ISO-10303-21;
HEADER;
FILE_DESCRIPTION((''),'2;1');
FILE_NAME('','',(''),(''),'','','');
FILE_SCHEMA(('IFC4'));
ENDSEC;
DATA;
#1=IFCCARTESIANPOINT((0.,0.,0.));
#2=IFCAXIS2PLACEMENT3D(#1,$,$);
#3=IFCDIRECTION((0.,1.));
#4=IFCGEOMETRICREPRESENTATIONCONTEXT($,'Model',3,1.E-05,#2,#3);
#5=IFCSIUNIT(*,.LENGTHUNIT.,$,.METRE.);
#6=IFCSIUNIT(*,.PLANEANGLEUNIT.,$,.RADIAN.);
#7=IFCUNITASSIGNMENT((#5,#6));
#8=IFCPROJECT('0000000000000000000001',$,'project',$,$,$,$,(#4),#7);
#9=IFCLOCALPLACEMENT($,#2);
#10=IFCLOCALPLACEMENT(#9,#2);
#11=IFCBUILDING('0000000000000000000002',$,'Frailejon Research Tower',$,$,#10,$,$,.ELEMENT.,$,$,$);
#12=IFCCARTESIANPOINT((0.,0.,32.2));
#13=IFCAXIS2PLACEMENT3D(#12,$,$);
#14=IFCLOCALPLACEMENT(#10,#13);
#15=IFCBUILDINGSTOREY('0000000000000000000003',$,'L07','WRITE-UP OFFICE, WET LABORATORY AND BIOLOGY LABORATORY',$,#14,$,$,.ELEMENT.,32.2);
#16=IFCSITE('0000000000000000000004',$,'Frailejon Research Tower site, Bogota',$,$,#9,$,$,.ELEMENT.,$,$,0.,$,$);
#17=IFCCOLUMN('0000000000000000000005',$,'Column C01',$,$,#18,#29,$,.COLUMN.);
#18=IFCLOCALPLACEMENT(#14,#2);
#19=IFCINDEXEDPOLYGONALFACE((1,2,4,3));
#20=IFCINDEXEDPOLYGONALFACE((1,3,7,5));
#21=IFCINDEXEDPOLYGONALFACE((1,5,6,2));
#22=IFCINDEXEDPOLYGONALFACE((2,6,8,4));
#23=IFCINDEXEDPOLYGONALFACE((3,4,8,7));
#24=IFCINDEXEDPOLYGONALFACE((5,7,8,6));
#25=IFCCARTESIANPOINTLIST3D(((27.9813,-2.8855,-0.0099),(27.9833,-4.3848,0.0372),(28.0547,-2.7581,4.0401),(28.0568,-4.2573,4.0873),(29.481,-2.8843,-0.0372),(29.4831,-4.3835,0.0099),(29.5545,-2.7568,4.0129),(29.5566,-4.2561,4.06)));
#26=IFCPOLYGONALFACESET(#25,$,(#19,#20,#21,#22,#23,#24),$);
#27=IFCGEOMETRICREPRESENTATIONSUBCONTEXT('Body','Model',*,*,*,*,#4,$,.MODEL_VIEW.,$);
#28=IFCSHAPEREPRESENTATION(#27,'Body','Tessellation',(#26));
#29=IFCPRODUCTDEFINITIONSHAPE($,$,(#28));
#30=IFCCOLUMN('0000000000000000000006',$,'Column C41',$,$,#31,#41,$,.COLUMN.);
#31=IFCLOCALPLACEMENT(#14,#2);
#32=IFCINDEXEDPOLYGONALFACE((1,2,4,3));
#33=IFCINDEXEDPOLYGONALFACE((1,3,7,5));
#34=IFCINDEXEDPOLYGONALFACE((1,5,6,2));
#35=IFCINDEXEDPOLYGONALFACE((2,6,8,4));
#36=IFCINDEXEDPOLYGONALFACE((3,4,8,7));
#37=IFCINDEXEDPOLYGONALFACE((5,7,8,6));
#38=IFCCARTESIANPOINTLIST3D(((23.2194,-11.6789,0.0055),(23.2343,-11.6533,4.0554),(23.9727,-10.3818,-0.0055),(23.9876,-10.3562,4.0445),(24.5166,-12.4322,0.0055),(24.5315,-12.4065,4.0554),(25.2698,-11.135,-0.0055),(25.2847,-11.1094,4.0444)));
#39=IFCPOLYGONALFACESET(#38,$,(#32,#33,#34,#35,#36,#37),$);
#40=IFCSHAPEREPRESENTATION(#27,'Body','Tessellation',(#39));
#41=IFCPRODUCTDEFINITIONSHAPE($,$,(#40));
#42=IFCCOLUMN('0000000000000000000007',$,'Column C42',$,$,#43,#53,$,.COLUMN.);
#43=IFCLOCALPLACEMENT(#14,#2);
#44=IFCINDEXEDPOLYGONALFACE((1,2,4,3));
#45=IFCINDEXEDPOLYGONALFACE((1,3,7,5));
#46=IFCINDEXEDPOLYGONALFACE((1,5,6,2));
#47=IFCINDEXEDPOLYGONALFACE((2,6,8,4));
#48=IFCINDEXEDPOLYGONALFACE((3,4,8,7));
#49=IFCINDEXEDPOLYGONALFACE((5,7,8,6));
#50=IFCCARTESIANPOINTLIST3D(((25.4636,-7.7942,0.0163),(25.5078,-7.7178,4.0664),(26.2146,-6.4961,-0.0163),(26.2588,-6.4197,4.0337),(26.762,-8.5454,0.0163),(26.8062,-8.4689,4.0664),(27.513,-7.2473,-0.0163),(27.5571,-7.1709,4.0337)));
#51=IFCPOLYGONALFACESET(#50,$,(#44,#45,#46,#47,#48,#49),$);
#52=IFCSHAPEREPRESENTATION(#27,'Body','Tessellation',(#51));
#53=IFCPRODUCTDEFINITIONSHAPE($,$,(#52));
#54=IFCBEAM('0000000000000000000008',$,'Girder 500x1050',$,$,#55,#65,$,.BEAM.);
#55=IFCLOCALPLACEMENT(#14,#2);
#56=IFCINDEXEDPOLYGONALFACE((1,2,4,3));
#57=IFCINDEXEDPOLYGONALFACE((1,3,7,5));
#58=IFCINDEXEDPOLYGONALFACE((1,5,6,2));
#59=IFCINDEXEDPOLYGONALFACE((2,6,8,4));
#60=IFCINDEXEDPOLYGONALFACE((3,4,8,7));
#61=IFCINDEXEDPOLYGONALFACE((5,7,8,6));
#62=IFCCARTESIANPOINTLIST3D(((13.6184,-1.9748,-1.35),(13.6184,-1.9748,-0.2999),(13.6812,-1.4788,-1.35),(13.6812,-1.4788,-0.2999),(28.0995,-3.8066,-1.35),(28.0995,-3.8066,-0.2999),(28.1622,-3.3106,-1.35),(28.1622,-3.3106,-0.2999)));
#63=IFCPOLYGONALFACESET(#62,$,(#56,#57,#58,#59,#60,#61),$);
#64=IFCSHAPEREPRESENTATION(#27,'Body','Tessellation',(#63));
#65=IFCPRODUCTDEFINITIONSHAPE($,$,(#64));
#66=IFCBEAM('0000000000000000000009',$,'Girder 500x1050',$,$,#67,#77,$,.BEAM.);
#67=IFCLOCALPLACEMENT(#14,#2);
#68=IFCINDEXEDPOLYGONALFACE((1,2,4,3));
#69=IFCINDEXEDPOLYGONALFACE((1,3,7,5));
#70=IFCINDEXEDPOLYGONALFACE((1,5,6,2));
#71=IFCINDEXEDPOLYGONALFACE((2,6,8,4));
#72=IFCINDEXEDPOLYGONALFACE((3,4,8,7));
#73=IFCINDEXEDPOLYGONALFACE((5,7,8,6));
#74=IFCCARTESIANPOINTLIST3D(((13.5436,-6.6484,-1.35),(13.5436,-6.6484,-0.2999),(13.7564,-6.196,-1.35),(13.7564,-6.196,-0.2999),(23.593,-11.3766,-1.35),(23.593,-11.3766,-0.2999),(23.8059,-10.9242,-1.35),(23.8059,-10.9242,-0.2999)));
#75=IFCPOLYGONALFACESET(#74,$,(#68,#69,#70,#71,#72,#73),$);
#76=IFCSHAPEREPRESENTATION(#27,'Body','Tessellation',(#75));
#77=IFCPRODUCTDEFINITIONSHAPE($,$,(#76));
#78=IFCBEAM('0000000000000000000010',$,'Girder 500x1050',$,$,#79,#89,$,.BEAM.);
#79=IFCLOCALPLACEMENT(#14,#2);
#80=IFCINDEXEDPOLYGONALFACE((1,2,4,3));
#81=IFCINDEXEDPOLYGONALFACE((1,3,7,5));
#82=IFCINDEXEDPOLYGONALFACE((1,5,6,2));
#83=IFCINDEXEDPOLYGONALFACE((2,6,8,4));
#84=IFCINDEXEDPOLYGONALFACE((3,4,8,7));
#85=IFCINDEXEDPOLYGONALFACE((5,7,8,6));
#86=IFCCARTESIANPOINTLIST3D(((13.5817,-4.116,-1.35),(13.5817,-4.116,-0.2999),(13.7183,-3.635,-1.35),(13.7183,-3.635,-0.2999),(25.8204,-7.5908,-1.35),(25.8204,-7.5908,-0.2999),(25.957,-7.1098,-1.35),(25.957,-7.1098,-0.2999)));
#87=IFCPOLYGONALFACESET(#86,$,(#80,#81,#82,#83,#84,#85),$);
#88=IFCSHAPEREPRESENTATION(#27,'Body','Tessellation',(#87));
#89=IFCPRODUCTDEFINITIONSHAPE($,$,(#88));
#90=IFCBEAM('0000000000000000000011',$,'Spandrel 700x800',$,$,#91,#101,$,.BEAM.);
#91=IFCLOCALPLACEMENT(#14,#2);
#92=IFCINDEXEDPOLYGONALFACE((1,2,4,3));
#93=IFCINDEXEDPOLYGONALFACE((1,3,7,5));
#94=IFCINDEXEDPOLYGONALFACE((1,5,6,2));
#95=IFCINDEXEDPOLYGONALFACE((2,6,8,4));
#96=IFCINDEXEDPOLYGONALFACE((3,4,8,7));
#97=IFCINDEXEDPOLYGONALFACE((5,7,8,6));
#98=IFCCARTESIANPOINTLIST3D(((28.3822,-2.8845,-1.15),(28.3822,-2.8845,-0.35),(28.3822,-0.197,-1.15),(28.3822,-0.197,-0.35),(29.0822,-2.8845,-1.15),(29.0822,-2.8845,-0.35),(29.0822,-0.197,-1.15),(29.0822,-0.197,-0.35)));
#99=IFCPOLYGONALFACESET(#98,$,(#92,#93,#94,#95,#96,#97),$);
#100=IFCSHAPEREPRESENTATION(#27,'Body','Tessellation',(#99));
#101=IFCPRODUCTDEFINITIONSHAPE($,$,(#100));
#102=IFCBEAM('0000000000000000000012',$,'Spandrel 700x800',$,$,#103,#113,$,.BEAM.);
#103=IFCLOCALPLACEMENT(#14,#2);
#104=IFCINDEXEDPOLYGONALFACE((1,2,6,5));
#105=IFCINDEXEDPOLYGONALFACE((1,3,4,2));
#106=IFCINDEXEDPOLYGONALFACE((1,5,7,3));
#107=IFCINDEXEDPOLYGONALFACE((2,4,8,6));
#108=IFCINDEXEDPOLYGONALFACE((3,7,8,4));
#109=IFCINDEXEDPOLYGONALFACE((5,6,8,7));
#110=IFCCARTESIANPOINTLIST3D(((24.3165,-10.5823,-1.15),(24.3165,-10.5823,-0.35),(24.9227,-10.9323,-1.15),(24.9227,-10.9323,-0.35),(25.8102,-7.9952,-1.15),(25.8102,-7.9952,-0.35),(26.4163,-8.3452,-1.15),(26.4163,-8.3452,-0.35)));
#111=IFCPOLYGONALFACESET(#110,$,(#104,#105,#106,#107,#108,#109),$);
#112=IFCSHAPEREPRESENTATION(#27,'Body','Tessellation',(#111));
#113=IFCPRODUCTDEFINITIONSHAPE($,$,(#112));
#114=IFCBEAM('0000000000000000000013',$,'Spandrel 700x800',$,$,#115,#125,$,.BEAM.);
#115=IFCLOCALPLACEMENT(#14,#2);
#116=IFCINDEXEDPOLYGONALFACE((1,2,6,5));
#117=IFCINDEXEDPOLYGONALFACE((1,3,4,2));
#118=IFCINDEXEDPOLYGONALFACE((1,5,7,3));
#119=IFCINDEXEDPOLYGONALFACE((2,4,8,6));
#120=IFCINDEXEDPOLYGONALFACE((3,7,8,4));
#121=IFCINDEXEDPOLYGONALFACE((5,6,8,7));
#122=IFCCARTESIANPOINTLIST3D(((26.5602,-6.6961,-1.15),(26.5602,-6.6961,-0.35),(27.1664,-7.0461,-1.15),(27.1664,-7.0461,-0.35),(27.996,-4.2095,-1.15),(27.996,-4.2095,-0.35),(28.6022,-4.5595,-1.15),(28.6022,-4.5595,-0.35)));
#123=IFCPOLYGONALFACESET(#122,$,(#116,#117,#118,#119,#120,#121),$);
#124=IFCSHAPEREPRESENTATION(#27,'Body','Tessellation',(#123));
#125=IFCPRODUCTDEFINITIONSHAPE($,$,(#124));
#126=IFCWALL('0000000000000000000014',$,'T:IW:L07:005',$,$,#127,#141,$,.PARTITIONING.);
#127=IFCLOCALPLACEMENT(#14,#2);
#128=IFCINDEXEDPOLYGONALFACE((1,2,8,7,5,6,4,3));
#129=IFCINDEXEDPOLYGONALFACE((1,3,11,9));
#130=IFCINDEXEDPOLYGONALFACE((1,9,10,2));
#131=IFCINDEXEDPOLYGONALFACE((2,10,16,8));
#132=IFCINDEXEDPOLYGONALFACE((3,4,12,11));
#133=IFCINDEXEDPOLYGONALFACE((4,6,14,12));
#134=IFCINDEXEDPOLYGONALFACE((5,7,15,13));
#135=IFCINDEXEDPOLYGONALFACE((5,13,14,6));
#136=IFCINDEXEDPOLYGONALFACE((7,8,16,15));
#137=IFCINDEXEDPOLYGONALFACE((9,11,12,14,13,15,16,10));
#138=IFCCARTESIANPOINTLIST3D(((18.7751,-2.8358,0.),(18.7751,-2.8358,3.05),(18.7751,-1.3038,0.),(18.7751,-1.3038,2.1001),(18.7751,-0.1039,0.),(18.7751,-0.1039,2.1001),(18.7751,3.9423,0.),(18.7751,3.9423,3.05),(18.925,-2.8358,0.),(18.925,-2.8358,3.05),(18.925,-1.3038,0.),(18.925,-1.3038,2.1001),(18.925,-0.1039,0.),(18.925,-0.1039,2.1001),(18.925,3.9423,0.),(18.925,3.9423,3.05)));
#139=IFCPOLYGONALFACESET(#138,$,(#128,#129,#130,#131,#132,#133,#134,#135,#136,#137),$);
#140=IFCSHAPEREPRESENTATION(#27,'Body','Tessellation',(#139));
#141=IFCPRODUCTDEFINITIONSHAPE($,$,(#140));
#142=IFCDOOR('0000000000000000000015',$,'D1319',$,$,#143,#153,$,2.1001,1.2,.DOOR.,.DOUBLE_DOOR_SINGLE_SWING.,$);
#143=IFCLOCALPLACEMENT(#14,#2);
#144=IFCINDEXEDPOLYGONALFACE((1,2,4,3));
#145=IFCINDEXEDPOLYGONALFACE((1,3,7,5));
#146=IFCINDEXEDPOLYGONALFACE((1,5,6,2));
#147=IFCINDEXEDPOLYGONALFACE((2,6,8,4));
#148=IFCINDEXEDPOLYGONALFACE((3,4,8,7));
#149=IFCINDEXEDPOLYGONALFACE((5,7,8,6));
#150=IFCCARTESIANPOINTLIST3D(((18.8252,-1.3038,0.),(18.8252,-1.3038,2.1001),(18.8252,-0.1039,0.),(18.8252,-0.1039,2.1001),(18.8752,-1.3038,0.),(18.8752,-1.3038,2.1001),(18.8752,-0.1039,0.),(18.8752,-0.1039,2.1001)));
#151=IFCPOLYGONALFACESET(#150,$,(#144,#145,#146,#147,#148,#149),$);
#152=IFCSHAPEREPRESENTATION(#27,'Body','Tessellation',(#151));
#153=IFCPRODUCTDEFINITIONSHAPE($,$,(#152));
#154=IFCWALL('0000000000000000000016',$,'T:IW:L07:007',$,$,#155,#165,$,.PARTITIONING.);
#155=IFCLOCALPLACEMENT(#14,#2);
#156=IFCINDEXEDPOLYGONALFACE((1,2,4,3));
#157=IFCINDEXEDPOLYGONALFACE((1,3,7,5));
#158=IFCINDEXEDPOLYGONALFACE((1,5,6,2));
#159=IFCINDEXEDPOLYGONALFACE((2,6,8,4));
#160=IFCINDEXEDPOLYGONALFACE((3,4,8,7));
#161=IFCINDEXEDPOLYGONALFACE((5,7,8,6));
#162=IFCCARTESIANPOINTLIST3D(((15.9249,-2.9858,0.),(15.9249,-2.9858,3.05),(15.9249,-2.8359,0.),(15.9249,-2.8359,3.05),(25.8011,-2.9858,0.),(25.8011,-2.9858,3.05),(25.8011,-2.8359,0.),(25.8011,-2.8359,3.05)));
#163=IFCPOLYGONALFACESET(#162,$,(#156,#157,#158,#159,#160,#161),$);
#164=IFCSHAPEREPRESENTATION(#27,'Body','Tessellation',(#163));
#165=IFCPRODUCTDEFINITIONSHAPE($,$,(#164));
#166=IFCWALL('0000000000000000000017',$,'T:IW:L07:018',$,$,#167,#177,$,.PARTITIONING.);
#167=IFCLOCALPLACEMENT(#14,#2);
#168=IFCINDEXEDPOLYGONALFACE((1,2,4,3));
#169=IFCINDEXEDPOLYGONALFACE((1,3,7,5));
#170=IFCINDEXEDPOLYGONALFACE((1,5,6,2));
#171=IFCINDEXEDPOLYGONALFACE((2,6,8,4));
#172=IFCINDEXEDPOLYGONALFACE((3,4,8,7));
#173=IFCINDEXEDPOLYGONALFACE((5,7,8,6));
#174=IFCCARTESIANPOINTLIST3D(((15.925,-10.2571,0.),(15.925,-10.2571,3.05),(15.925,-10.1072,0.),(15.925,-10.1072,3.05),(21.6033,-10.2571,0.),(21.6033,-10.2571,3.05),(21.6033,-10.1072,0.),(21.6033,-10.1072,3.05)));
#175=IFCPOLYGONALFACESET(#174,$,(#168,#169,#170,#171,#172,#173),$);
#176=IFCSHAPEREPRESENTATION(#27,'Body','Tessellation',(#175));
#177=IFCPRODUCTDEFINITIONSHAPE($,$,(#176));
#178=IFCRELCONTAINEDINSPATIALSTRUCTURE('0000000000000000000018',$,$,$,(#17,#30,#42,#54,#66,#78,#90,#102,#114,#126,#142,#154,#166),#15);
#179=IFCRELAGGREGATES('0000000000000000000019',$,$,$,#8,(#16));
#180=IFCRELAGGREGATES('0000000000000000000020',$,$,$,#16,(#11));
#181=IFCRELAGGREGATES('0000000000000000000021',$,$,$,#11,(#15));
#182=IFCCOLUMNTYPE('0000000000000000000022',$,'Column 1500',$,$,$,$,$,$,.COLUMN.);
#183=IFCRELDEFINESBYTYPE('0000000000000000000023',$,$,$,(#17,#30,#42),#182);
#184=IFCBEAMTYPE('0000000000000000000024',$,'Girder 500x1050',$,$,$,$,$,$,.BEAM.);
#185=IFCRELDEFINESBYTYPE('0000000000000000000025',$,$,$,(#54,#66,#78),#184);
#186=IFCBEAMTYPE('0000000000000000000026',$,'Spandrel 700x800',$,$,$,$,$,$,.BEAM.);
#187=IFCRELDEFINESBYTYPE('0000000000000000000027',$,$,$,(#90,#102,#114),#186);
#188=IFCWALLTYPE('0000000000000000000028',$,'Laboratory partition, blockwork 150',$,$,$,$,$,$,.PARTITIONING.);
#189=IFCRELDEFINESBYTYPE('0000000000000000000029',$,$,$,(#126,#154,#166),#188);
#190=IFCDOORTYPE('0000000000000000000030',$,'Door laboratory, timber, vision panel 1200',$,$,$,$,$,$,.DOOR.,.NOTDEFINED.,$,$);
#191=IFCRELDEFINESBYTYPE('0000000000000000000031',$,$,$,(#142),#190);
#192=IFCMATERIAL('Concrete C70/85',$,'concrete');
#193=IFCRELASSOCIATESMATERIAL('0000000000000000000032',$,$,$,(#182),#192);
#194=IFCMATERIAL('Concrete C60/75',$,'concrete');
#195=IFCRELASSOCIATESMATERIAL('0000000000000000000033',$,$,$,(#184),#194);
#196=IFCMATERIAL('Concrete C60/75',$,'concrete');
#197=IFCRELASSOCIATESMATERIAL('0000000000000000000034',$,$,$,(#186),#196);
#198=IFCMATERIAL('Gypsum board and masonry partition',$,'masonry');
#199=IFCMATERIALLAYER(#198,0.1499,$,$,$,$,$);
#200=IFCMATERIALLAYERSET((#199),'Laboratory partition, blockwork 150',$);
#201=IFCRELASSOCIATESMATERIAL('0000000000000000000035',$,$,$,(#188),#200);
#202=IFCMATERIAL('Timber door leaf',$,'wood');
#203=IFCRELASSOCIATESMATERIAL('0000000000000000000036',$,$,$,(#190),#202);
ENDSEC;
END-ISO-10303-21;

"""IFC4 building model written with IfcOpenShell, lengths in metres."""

from ifc_helpers import new_model, si_unit, direction, frame, frame_2d, origin, origin_2d, place, context, subcontext, project, spatial, rectangle, extrude, material, layer, layer_set, material_profile, profile_set, type_object, element, fill, save


model = new_model("IFC4")

# Units and contexts
model_context = context("Model", 3, precision=1e-05, world=origin(), true_north=direction((0.0, 1.0)))
body_context = subcontext(model_context, "Body", "Model", "MODEL_VIEW")
ifc_project = project(units=[si_unit("LENGTHUNIT", "METRE"), si_unit("PLANEANGLEUNIT", "RADIAN")], contexts=[model_context])

# Site, building, storey
site_placement = place(None, origin())
site = spatial("IfcSite", under=ifc_project, at=site_placement, Name="Frailejon Research Tower site, Bogota", CompositionType="ELEMENT", RefElevation=0.0)
building_placement = place(site_placement, origin())
building = spatial("IfcBuilding", under=site, at=building_placement, Name="Frailejon Research Tower", CompositionType="ELEMENT")
storey_placement = place(building_placement, frame((0.0, 0.0, 32.2)))
storey = spatial("IfcBuildingStorey", under=building, at=storey_placement, Name="L07", Description="WRITE-UP OFFICE, WET LABORATORY AND BIOLOGY LABORATORY", CompositionType="ELEMENT", Elevation=32.2)

# Columns
ifc_material_1 = material(Name="Concrete C70/85", Category="concrete")
ifc_material_profile_1 = material_profile(ifc_material_1, rectangle(XDim=1.5, YDim=1.5, at=origin_2d()), Name="Column 1500")
ifc_profile_set_1 = profile_set([ifc_material_profile_1], Name="Concrete C70/85")
column_type = type_object("IfcColumnType", Name="Column 1500", PredefinedType="COLUMN", material=ifc_profile_set_1)
column_1_placement = place(storey_placement, frame((28.7322, -3.6345, 0.0), z_axis=(0.018133, 0.031446, 0.999341), x_axis=(-0.001396, 0.999505, -0.031426)))
element("IfcColumn", 1, at=column_1_placement, inside=storey, type_object=column_type, Name="Column C01", PredefinedType="COLUMN", context=body_context, shape_type="SweptSolid", body=[
    extrude(rectangle(XDim=1.5, YDim=1.5, at=origin_2d()), origin(), (0.0, 0.0, 1.0), 4.0527),
])
column_2_placement = place(storey_placement, frame((24.2446, -11.407, 0.0), z_axis=(0.003677, 0.006329, 0.999973), x_axis=(0.502147, 0.864751, -0.00732)))
element("IfcColumn", 2, at=column_2_placement, inside=storey, type_object=column_type, Name="Column C41", PredefinedType="COLUMN", context=body_context, shape_type="SweptSolid", body=[
    extrude(rectangle(XDim=1.5, YDim=1.5, at=origin_2d()), origin(), (0.0, 0.0, 1.0), 4.05),
])
column_3_placement = place(storey_placement, frame((26.4883, -7.5208, 0.0), z_axis=(0.010908, 0.018863, 0.999763), x_axis=(0.500638, 0.865382, -0.02179)))
element("IfcColumn", 3, at=column_3_placement, inside=storey, type_object=column_type, Name="Column C42", PredefinedType="COLUMN", context=body_context, shape_type="SweptSolid", body=[
    extrude(rectangle(XDim=1.5, YDim=1.5, at=origin_2d()), origin(), (0.0, 0.0, 1.0), 4.051),
])

# Beams
ifc_material_2 = material(Name="Concrete C60/75", Category="concrete")
ifc_material_profile_2 = material_profile(ifc_material_2, rectangle(XDim=0.5, YDim=1.05, at=origin_2d()), Name="Girder 500x1050")
ifc_profile_set_2 = profile_set([ifc_material_profile_2], Name="Concrete C60/75")
beam_type_1 = type_object("IfcBeamType", Name="Girder 500x1050", PredefinedType="BEAM", material=ifc_profile_set_2)
beam_1_placement = place(storey_placement, frame((28.1309, -3.5586, -0.825), z_axis=(-0.992094, 0.125496, 0.0), x_axis=(-0.125496, -0.992094, 0.0)))
element("IfcBeam", 4, at=beam_1_placement, inside=storey, type_object=beam_type_1, Name="Girder 500x1050", PredefinedType="BEAM", context=body_context, shape_type="SweptSolid", body=[
    extrude(rectangle(XDim=0.5, YDim=1.05, at=origin_2d()), origin(), (0.0, 0.0, 1.0), 14.5964),
])
beam_2_placement = place(storey_placement, frame((23.6995, -11.1504, -0.825), z_axis=(-0.904851, 0.425728, 0.0), x_axis=(-0.425728, -0.904851, 0.0)))
element("IfcBeam", 5, at=beam_2_placement, inside=storey, type_object=beam_type_1, Name="Girder 500x1050", PredefinedType="BEAM", context=body_context, shape_type="SweptSolid", body=[
    extrude(rectangle(XDim=0.5, YDim=1.05, at=origin_2d()), origin(), (0.0, 0.0, 1.0), 11.1062),
])
beam_3_placement = place(storey_placement, frame((25.8887, -7.3503, -0.825), z_axis=(-0.961978, 0.273127, 0.0), x_axis=(-0.273127, -0.961978, 0.0)))
element("IfcBeam", 6, at=beam_3_placement, inside=storey, type_object=beam_type_1, Name="Girder 500x1050", PredefinedType="BEAM", context=body_context, shape_type="SweptSolid", body=[
    extrude(rectangle(XDim=0.5, YDim=1.05, at=origin_2d()), origin(), (0.0, 0.0, 1.0), 12.7224),
])
ifc_material_3 = material(Name="Concrete C60/75", Category="concrete")
ifc_material_profile_3 = material_profile(ifc_material_3, rectangle(XDim=0.7, YDim=0.8, at=origin_2d()), Name="Spandrel 700x800")
ifc_profile_set_3 = profile_set([ifc_material_profile_3], Name="Concrete C60/75")
beam_type_2 = type_object("IfcBeamType", Name="Spandrel 700x800", PredefinedType="BEAM", material=ifc_profile_set_3)
beam_4_placement = place(storey_placement, frame((28.7322, -2.8845, -0.75), z_axis=(0.0, 1.0, 0.0), x_axis=(-1.0, 0.0, 0.0)))
element("IfcBeam", 7, at=beam_4_placement, inside=storey, type_object=beam_type_2, Name="Spandrel 700x800", PredefinedType="BEAM", context=body_context, shape_type="SweptSolid", body=[
    extrude(rectangle(XDim=0.7, YDim=0.8, at=origin_2d()), origin(), (0.0, 0.0, 1.0), 2.6875),
])
beam_5_placement = place(storey_placement, frame((24.6196, -10.7573, -0.75), z_axis=(0.499989, 0.866032, 0.0), x_axis=(-0.866032, 0.499989, 0.0)))
element("IfcBeam", 8, at=beam_5_placement, inside=storey, type_object=beam_type_2, Name="Spandrel 700x800", PredefinedType="BEAM", context=body_context, shape_type="SweptSolid", body=[
    extrude(rectangle(XDim=0.7, YDim=0.8, at=origin_2d()), origin(), (0.0, 0.0, 1.0), 2.9873),
])
beam_6_placement = place(storey_placement, frame((26.8633, -6.8711, -0.75), z_axis=(0.500044, 0.866, 0.0), x_axis=(-0.866, 0.500044, 0.0)))
element("IfcBeam", 9, at=beam_6_placement, inside=storey, type_object=beam_type_2, Name="Spandrel 700x800", PredefinedType="BEAM", context=body_context, shape_type="SweptSolid", body=[
    extrude(rectangle(XDim=0.7, YDim=0.8, at=origin_2d()), origin(), (0.0, 0.0, 1.0), 2.8713),
])

# Wall, opening, door
ifc_material_4 = material(Name="Gypsum board and masonry partition", Category="masonry")
ifc_layer_1 = layer(ifc_material_4, 0.1499)
ifc_layer_set_1 = layer_set([ifc_layer_1], Name="Laboratory partition, blockwork 150")
wall_type_1 = type_object("IfcWallType", Name="Laboratory partition, blockwork 150", PredefinedType="PARTITIONING", material=ifc_layer_set_1)
wall_1_placement = place(storey_placement, frame((18.8501, -2.8359, 0.0), z_axis=(0.0, 0.0, 1.0), x_axis=(0.0, 1.0, 0.0)))
wall_1 = element("IfcWall", 10, at=wall_1_placement, inside=storey, type_object=wall_type_1, Name="T:IW:L07:005", PredefinedType="PARTITIONING", context=body_context, shape_type="SweptSolid", body=[
    extrude(rectangle(XDim=6.7781, YDim=0.1499, at=frame_2d((3.3892, 0.0))), origin(), (0.0, 0.0, 1.0), 3.05),
])
opening_1_placement = place(wall_1_placement, frame((1.532, 0.0, 0.0)))
opening_1 = element("IfcOpeningElement", 11, at=opening_1_placement, cuts=wall_1, PredefinedType="OPENING", context=body_context, shape_type="SweptSolid", body=[
    extrude(rectangle(XDim=1.2, YDim=2.1001, at=frame_2d((0.6001, 1.05))), frame((0.0, 0.085, 0.0), z_axis=(0.0, -1.0, 0.0), x_axis=(1.0, 0.0, 0.0)), (0.0, 0.0, 1.0), 0.1699),
])
ifc_material_5 = material(Name="Timber door leaf", Category="wood")
door_type = type_object("IfcDoorType", Name="Door laboratory, timber, vision panel 1200", OperationType="NOTDEFINED", PredefinedType="DOOR", material=ifc_material_5)
door_placement = place(opening_1_placement, origin())
door = element("IfcDoor", 12, at=door_placement, inside=storey, type_object=door_type, Name="D1319", OperationType="DOUBLE_DOOR_SINGLE_SWING", OverallHeight=2.1001, OverallWidth=1.2, PredefinedType="DOOR", context=body_context, shape_type="SweptSolid", body=[
    extrude(rectangle(XDim=1.2, YDim=2.1001, at=frame_2d((0.6001, 1.05))), frame((0.0, 0.0249, 0.0), z_axis=(0.0, -1.0, 0.0), x_axis=(1.0, 0.0, 0.0)), (0.0, 0.0, 1.0), 0.05),
])
fill(opening_1, door)

# Walls
wall_2_placement = place(storey_placement, frame((15.925, -2.9109, 0.0), z_axis=(0.0, 0.0, 1.0), x_axis=(1.0, 0.0, 0.0)))
element("IfcWall", 13, at=wall_2_placement, inside=storey, type_object=wall_type_1, Name="T:IW:L07:007", PredefinedType="PARTITIONING", context=body_context, shape_type="SweptSolid", body=[
    extrude(rectangle(XDim=9.8762, YDim=0.1499, at=frame_2d((4.938, 0.0))), origin(), (0.0, 0.0, 1.0), 3.05),
])
wall_3_placement = place(storey_placement, frame((15.925, -10.1821, 0.0), z_axis=(0.0, 0.0, 1.0), x_axis=(1.0, 0.0, 0.0)))
element("IfcWall", 14, at=wall_3_placement, inside=storey, type_object=wall_type_1, Name="T:IW:L07:018", PredefinedType="PARTITIONING", context=body_context, shape_type="SweptSolid", body=[
    extrude(rectangle(XDim=5.6782, YDim=0.1499, at=frame_2d((2.8391, 0.0))), origin(), (0.0, 0.0, 1.0), 3.05),
])

save(model, "model.ifc")
